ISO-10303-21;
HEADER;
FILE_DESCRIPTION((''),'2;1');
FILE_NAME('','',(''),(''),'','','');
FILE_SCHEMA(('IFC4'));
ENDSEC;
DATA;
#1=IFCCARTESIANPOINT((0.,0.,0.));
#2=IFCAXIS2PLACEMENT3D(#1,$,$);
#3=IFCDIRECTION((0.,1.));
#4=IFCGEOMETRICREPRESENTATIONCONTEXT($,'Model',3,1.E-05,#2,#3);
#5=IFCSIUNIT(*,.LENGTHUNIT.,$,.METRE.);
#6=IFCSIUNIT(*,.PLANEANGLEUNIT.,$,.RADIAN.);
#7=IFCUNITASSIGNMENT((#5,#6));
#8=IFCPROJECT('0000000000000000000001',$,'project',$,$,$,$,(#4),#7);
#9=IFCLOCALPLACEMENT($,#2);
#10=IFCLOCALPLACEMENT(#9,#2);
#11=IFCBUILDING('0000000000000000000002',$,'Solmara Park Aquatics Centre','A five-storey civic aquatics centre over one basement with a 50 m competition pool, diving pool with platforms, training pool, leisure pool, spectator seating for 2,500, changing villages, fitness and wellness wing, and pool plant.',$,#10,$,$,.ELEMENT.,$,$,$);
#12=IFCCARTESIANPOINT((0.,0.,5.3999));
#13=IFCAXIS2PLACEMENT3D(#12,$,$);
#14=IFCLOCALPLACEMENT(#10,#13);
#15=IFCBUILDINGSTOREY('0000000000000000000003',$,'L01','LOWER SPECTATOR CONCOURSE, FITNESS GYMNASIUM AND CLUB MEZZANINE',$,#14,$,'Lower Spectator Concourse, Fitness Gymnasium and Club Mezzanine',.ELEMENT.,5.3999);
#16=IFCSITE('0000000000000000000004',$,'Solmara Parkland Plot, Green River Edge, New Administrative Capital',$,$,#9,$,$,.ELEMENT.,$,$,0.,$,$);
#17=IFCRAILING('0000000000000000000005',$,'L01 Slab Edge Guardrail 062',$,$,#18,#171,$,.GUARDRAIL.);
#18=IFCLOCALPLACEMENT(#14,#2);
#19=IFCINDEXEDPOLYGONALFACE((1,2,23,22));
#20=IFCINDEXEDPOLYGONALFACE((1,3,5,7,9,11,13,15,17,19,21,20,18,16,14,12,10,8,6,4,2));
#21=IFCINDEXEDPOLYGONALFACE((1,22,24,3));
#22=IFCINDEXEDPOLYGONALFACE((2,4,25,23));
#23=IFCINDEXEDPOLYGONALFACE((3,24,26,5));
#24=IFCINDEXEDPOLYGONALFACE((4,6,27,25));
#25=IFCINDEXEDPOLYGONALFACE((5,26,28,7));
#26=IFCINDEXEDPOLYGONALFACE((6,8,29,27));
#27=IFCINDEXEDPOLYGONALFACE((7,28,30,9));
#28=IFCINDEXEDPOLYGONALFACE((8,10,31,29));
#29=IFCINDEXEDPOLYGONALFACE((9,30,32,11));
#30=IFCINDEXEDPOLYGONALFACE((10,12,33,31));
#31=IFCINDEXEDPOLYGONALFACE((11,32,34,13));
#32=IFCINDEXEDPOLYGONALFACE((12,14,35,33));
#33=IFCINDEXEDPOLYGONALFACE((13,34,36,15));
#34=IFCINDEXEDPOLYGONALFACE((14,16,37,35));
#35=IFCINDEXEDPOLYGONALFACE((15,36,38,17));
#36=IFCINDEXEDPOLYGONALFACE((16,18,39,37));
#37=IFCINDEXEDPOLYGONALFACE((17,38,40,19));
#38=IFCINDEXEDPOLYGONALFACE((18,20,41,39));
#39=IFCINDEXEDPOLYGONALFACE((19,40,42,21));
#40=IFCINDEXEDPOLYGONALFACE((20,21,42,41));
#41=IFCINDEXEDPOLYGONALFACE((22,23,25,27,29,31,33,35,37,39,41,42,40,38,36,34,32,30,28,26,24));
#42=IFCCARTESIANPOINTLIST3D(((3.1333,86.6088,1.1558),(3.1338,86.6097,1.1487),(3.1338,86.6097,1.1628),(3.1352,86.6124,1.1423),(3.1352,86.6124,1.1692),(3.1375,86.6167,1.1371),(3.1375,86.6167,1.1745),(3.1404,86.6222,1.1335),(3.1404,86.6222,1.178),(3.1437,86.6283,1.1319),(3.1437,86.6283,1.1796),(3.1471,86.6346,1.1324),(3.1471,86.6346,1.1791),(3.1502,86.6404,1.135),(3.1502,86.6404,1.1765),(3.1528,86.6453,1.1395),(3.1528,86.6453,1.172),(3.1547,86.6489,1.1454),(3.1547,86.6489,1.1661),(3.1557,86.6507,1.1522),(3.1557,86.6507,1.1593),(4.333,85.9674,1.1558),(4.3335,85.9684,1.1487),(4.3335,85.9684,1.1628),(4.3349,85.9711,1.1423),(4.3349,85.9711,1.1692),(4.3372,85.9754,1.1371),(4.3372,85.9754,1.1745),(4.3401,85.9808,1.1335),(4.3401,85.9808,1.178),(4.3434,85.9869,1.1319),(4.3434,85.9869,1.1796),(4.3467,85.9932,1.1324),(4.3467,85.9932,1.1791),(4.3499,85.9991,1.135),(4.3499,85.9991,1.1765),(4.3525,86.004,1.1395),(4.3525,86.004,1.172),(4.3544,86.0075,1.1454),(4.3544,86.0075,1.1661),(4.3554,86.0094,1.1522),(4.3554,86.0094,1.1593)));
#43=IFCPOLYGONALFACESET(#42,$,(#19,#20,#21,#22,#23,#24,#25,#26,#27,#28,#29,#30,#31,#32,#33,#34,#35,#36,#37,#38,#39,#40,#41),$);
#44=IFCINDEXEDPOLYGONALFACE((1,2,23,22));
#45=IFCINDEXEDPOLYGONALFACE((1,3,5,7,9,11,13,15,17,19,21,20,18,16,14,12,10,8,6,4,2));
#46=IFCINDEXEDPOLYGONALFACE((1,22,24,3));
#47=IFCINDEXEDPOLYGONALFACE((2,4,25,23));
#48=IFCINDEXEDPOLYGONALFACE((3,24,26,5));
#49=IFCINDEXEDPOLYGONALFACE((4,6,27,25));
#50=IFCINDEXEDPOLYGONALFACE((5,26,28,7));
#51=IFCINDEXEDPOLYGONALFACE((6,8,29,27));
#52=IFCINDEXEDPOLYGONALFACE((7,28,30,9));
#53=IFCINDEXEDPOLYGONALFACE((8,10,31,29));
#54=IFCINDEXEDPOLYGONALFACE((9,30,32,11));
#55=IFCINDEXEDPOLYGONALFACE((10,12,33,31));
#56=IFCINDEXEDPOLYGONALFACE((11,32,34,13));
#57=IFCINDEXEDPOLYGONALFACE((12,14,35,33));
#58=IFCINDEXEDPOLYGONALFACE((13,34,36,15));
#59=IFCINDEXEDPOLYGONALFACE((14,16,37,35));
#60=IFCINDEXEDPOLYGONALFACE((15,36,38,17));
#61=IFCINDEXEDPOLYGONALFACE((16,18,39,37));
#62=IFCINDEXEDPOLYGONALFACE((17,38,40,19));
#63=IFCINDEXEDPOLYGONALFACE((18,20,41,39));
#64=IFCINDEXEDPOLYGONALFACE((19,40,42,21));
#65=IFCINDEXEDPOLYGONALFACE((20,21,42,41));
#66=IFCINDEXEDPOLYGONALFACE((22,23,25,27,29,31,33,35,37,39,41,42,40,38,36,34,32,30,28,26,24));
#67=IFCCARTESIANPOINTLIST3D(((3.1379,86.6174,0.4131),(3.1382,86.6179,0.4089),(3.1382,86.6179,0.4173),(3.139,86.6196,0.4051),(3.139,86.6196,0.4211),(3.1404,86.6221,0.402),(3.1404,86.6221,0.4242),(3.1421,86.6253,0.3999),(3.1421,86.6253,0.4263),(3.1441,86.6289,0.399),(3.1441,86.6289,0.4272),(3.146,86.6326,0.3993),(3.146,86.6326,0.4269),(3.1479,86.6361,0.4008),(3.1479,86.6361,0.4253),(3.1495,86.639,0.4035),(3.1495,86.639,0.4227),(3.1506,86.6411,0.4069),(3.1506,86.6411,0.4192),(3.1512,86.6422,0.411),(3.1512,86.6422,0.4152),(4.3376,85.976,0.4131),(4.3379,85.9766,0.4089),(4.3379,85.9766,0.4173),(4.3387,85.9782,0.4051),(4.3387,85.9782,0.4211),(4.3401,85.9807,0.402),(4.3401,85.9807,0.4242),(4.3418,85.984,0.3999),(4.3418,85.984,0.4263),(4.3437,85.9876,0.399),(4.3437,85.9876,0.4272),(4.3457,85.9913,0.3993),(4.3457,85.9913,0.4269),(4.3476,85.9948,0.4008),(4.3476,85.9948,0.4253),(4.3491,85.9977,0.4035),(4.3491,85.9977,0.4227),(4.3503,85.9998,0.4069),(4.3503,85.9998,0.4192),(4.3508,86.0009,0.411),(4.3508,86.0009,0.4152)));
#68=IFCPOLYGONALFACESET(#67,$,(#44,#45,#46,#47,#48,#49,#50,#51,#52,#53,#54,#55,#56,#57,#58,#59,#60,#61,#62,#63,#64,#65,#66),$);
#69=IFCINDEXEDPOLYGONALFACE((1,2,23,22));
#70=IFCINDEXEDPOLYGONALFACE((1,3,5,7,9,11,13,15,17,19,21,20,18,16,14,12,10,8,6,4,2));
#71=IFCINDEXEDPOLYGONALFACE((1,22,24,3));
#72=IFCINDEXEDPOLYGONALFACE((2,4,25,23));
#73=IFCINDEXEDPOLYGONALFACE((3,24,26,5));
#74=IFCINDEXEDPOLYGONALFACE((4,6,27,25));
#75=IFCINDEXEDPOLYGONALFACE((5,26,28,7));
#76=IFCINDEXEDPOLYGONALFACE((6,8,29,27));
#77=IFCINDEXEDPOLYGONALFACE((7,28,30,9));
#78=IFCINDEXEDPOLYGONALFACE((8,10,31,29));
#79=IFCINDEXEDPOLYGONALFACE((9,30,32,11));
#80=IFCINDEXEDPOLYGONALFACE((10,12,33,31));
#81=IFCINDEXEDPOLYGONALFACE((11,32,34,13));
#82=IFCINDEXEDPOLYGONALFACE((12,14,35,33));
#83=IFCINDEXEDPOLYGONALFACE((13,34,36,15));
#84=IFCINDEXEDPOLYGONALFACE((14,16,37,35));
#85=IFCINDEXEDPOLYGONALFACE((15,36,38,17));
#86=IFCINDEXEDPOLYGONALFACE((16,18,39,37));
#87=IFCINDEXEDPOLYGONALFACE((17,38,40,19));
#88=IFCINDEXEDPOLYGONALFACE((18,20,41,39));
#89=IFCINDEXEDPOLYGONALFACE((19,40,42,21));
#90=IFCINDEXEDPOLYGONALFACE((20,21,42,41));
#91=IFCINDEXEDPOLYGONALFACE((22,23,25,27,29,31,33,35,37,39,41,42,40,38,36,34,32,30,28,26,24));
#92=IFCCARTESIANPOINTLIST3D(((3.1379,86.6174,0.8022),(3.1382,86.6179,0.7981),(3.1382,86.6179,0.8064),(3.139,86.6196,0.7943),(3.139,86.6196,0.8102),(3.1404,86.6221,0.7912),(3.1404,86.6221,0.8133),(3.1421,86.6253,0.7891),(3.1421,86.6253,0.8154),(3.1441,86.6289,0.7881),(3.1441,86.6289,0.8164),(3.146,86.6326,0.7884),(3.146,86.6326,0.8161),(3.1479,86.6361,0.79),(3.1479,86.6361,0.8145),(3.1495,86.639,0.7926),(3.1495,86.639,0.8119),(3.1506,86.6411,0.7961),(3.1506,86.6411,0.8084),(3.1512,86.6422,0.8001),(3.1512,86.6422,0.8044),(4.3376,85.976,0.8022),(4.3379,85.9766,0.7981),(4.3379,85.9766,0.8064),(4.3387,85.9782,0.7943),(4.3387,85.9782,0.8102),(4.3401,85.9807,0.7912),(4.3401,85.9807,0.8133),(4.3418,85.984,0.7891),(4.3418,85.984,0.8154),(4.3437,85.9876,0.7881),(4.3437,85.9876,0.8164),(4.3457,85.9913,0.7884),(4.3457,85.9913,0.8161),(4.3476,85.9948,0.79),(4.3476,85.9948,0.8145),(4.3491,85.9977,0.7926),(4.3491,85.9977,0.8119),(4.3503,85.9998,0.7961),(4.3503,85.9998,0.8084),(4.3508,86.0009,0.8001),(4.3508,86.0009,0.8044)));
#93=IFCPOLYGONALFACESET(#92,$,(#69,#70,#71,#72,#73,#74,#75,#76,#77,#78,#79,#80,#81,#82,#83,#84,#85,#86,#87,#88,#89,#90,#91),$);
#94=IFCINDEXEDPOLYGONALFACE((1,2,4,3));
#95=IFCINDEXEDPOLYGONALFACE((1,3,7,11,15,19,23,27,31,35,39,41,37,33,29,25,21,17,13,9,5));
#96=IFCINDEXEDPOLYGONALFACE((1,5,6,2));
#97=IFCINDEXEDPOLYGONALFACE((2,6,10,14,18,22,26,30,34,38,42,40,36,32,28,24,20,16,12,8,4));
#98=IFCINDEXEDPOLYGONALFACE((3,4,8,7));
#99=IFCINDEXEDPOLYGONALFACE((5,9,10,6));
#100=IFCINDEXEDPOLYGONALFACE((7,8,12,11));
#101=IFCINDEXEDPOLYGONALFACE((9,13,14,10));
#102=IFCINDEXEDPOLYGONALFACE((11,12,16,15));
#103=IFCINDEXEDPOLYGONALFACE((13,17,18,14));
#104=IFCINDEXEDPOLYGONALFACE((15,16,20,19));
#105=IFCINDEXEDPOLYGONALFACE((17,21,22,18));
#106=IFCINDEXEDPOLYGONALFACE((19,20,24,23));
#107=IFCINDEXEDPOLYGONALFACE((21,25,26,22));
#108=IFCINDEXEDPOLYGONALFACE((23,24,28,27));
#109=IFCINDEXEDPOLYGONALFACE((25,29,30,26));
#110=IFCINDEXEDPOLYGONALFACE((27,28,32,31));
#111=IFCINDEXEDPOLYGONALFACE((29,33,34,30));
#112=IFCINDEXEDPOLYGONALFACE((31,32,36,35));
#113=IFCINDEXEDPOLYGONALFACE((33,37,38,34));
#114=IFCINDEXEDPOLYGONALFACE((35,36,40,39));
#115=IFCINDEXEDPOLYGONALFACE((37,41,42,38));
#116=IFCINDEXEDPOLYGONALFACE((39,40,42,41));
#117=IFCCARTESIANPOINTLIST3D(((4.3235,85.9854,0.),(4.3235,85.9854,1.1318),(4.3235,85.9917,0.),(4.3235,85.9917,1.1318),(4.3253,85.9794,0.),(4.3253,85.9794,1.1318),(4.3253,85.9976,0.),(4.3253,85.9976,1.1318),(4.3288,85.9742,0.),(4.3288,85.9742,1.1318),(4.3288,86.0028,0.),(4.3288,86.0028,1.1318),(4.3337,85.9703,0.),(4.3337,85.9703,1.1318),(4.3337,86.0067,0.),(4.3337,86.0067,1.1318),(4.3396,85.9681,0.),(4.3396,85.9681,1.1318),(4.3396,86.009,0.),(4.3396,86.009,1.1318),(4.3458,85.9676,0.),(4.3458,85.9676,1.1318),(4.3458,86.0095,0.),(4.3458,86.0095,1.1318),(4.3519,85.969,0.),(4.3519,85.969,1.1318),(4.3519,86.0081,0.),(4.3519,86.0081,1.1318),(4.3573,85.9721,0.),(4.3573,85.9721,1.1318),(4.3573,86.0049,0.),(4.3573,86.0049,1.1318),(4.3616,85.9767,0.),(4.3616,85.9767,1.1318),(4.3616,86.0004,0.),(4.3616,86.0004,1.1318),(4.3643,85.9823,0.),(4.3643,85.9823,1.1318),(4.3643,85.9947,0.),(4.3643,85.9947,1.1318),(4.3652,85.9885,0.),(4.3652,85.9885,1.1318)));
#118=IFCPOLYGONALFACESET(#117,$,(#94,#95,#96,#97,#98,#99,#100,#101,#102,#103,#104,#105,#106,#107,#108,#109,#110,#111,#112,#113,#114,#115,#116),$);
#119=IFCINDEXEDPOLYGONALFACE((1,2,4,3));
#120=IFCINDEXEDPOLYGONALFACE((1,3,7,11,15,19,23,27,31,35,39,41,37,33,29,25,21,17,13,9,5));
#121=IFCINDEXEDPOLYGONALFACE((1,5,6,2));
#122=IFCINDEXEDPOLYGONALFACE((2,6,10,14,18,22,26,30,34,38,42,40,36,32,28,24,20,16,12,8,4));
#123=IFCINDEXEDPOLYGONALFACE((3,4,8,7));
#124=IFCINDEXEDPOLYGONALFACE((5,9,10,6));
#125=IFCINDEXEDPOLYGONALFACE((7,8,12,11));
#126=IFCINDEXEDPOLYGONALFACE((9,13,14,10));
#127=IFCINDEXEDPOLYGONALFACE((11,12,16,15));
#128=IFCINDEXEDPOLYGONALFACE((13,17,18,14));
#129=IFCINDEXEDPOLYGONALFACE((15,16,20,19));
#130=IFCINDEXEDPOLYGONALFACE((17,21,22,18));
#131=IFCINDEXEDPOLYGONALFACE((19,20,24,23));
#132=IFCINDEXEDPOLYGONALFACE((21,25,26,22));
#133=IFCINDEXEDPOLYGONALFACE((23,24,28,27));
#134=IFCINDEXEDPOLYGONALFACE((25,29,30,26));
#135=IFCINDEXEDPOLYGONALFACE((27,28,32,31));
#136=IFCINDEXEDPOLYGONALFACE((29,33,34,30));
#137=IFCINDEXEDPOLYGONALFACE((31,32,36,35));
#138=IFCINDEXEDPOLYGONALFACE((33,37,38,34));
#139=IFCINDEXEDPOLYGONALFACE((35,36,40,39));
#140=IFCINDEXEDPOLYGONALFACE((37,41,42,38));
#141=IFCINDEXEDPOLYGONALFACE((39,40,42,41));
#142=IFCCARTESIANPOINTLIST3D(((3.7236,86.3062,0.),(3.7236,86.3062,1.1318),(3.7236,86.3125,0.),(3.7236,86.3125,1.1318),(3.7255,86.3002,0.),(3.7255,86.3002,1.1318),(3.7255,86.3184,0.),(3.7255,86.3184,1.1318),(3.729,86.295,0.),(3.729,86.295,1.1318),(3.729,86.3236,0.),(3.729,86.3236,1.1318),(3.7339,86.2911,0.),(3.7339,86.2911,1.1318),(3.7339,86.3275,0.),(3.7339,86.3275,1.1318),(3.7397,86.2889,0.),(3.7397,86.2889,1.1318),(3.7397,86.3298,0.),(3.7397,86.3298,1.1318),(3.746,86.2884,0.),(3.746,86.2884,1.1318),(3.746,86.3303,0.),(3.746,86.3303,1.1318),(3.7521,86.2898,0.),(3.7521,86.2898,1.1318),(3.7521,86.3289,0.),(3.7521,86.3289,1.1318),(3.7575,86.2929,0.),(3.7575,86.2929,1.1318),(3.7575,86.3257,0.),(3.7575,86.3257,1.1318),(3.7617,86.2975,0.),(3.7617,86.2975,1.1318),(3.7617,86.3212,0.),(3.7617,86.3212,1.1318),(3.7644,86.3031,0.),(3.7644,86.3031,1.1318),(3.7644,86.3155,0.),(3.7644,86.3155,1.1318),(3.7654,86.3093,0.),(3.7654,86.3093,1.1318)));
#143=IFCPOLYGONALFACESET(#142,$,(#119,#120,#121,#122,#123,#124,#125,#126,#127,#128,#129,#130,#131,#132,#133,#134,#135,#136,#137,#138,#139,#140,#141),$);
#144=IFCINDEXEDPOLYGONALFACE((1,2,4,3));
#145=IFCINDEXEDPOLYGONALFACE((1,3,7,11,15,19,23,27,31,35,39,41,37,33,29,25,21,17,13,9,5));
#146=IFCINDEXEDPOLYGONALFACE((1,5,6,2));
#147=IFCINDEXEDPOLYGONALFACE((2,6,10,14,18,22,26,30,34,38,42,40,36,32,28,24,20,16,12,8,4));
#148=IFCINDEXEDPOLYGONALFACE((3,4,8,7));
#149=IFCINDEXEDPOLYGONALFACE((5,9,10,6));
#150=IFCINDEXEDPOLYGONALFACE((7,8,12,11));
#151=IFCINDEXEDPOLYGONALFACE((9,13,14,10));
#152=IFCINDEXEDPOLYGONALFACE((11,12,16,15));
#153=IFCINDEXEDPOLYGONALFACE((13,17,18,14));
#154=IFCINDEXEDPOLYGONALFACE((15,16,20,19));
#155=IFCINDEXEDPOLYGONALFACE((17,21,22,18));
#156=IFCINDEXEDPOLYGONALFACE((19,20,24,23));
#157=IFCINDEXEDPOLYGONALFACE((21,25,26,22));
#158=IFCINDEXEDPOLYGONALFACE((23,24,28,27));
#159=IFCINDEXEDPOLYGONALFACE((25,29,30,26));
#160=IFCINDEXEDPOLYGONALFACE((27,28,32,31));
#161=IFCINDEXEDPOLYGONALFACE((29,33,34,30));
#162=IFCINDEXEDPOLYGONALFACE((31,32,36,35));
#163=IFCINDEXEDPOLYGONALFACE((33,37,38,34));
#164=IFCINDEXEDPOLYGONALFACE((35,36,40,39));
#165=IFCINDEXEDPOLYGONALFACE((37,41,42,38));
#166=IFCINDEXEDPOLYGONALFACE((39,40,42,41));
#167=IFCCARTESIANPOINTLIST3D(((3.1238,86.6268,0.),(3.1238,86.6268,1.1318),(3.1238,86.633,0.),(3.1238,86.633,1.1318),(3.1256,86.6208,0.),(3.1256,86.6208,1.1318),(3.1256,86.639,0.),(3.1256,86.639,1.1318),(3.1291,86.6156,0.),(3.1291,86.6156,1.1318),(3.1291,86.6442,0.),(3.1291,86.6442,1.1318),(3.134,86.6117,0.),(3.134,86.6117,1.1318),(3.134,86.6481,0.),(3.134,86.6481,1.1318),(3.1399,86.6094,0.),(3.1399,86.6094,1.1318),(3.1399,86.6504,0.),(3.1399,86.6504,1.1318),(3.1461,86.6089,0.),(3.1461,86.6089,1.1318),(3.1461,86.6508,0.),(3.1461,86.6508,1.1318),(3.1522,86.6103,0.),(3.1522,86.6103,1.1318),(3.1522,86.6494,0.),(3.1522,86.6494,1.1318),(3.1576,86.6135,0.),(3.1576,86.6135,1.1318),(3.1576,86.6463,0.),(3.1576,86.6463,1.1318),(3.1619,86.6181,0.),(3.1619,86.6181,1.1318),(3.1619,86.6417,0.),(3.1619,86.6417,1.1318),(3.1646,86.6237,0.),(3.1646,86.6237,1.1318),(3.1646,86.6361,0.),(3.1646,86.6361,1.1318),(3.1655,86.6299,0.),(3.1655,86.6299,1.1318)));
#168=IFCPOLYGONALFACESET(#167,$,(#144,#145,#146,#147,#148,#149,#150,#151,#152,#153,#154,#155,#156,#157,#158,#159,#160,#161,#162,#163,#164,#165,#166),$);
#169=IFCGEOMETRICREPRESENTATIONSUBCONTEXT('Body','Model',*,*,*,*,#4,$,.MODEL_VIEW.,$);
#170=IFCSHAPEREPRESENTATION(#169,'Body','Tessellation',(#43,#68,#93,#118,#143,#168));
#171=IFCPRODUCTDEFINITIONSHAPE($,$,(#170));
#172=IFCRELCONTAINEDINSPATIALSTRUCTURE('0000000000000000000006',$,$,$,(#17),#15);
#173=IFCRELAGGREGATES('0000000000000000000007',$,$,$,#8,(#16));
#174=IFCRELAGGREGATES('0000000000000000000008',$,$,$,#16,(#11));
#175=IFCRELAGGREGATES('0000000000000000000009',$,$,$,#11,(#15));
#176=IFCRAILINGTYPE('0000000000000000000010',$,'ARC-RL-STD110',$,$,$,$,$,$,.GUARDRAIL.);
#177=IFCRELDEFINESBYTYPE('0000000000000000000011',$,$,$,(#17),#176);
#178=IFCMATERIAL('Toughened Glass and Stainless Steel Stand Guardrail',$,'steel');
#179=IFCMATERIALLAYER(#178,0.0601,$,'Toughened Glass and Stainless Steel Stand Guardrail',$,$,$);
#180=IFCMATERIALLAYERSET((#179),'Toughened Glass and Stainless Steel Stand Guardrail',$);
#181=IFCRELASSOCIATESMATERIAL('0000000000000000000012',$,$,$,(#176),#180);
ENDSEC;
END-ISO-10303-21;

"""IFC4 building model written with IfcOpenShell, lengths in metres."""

from ifc_helpers import new_model, si_unit, direction, frame, origin, origin_2d, place, context, subcontext, project, spatial, circle, extrude, material, layer, layer_set, type_object, element, save


model = new_model("IFC4")

# Units and contexts
model_context = context("Model", 3, precision=1e-05, world=origin(), true_north=direction((0.0, 1.0)))
body_context = subcontext(model_context, "Body", "Model", "MODEL_VIEW")
ifc_project = project(units=[si_unit("LENGTHUNIT", "METRE"), si_unit("PLANEANGLEUNIT", "RADIAN")], contexts=[model_context])

# Site, building, storey
site_placement = place(None, origin())
site = spatial("IfcSite", under=ifc_project, at=site_placement, Name="Solmara Parkland Plot, Green River Edge, New Administrative Capital", CompositionType="ELEMENT", RefElevation=0.0)
building_placement = place(site_placement, origin())
building = spatial("IfcBuilding", under=site, at=building_placement, Name="Solmara Park Aquatics Centre", Description="A five-storey civic aquatics centre over one basement with a 50 m competition pool, diving pool with platforms, training pool, leisure pool, spectator seating for 2,500, changing villages, fitness and wellness wing, and pool plant.", CompositionType="ELEMENT")
storey_placement = place(building_placement, frame((0.0, 0.0, 5.3999)))
storey = spatial("IfcBuildingStorey", under=building, at=storey_placement, Name="L01", Description="LOWER SPECTATOR CONCOURSE, FITNESS GYMNASIUM AND CLUB MEZZANINE", LongName="Lower Spectator Concourse, Fitness Gymnasium and Club Mezzanine", CompositionType="ELEMENT", Elevation=5.3999)

# Railing
ifc_material_1 = material(Name="Toughened Glass and Stainless Steel Stand Guardrail", Category="steel")
ifc_layer_1 = layer(ifc_material_1, 0.0601, Name="Toughened Glass and Stainless Steel Stand Guardrail")
ifc_layer_set_1 = layer_set([ifc_layer_1], Name="Toughened Glass and Stainless Steel Stand Guardrail")
railing_type = type_object("IfcRailingType", Name="ARC-RL-STD110", PredefinedType="GUARDRAIL", material=ifc_layer_set_1)
railing_1_placement = place(storey_placement, frame((4.3442, 85.9885, 0.0)))
element("IfcRailing", 1, at=railing_1_placement, inside=storey, type_object=railing_type, Name="L01 Slab Edge Guardrail 062", PredefinedType="GUARDRAIL", context=body_context, shape_type="SweptSolid", body=[
    extrude(circle(Radius=0.0239, at=origin_2d()), frame((0.0, 0.0, 1.1558), z_axis=(-0.881891, 0.471454, 0.0), x_axis=(-0.471454, -0.881891, 0.0)), (0.0, 0.0, 1.0), 1.3604),
    extrude(circle(Radius=0.0142, at=origin_2d()), frame((0.0, 0.0, 0.4131), z_axis=(-0.881891, 0.471454, 0.0), x_axis=(-0.471454, -0.881891, 0.0)), (0.0, 0.0, 1.0), 1.3604),
    extrude(circle(Radius=0.0142, at=origin_2d()), frame((0.0, 0.0, 0.8022), z_axis=(-0.881891, 0.471454, 0.0), x_axis=(-0.471454, -0.881891, 0.0)), (0.0, 0.0, 1.0), 1.3604),
    extrude(circle(Radius=0.021, at=origin_2d()), origin(), (0.0, 0.0, 1.0), 1.1318),
    extrude(circle(Radius=0.021, at=origin_2d()), frame((-0.5999, 0.3208, 0.0)), (0.0, 0.0, 1.0), 1.1318),
    extrude(circle(Radius=0.021, at=origin_2d()), frame((-1.1997, 0.6414, 0.0)), (0.0, 0.0, 1.0), 1.1318),
])

save(model, "model.ifc")
